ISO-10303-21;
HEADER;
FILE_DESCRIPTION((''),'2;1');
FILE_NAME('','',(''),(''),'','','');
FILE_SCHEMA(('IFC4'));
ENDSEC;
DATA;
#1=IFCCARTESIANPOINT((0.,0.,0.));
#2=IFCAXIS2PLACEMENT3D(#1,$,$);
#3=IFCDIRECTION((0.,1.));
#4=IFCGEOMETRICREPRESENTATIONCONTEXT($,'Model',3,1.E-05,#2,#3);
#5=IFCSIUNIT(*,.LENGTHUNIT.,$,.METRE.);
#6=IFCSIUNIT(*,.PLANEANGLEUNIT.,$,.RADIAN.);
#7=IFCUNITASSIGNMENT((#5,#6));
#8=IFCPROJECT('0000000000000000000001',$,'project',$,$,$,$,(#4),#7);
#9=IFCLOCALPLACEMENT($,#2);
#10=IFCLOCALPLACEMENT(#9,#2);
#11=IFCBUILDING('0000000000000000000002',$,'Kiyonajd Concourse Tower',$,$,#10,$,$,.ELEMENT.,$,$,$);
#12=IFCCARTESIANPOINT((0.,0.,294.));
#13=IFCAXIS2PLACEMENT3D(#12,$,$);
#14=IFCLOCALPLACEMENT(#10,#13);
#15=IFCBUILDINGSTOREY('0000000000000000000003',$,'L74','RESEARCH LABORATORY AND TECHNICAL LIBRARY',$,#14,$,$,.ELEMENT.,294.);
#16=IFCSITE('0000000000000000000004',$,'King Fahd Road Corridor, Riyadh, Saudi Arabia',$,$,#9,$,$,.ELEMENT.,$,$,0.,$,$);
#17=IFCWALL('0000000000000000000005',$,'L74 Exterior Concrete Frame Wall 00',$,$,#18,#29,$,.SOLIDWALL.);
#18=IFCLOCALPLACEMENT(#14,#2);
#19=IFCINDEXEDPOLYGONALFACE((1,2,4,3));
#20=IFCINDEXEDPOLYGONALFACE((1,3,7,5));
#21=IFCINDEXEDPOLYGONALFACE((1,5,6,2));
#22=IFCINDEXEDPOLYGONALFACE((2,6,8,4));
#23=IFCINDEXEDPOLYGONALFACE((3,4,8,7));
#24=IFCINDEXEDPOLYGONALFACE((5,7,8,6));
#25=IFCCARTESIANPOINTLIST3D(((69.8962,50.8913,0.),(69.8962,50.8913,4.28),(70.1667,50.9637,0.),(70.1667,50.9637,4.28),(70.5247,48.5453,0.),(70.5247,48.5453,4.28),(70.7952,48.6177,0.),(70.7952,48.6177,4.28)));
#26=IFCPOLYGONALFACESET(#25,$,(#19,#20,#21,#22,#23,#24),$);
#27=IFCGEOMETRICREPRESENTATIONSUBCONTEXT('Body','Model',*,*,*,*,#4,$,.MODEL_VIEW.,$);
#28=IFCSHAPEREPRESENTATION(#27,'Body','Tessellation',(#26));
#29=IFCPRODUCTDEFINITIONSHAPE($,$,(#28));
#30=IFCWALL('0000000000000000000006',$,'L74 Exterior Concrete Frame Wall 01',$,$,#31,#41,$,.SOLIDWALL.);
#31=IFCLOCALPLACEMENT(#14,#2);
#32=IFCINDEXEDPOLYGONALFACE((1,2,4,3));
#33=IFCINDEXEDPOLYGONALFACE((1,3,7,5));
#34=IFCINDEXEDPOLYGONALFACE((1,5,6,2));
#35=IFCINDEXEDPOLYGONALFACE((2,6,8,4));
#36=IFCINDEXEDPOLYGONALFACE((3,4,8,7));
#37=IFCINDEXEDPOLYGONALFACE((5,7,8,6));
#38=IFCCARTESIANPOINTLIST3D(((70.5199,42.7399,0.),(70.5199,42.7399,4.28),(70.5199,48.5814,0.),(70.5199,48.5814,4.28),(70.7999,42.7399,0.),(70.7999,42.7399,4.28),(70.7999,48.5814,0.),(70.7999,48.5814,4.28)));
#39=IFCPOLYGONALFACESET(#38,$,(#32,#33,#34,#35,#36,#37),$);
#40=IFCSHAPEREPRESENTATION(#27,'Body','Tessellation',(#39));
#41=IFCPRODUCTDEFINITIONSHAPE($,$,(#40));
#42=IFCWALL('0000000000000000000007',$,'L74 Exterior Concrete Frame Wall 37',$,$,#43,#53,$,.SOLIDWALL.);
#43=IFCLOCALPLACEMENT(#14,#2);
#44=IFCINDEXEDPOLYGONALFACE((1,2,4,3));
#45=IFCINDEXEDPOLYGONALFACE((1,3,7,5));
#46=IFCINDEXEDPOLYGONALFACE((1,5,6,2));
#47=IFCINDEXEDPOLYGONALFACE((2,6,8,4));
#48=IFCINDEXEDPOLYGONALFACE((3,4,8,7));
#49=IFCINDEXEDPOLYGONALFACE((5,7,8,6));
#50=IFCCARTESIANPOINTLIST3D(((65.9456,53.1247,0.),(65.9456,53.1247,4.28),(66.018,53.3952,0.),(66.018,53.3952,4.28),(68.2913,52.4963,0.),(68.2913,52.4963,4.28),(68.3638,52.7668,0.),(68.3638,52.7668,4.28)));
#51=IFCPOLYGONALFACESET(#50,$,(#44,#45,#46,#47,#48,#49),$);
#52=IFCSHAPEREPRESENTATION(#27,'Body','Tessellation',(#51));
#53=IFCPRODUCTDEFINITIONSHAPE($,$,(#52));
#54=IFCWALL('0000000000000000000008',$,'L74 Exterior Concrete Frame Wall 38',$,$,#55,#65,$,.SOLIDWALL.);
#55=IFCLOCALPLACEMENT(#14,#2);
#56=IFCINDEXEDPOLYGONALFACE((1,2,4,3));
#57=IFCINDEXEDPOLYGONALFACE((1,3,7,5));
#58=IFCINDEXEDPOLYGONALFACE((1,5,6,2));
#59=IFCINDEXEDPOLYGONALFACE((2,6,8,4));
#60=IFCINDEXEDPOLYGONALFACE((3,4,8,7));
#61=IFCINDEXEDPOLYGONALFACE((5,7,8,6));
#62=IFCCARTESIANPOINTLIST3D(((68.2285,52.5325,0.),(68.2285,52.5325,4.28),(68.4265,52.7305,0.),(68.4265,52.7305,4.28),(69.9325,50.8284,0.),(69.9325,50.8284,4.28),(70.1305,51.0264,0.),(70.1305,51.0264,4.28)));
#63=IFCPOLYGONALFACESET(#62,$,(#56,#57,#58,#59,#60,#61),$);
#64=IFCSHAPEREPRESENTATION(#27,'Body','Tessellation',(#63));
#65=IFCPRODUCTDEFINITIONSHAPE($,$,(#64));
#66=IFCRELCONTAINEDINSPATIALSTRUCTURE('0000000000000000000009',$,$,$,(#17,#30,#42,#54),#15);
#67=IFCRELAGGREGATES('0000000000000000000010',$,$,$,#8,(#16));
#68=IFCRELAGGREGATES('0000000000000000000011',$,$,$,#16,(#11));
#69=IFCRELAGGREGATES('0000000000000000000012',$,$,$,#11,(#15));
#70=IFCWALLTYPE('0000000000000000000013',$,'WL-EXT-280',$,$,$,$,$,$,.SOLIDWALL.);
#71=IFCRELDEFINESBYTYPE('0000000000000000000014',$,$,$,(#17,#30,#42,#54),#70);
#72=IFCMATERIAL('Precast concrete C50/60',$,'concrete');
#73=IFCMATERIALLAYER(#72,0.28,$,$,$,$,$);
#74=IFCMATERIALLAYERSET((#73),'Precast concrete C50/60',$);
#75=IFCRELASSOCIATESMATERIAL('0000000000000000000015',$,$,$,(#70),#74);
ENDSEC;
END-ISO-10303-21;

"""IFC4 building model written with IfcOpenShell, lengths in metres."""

from ifc_helpers import new_model, si_unit, direction, frame, frame_2d, origin, place, context, subcontext, project, spatial, rectangle, extrude, material, layer, layer_set, type_object, element, save


model = new_model("IFC4")

# Units and contexts
model_context = context("Model", 3, precision=1e-05, world=origin(), true_north=direction((0.0, 1.0)))
body_context = subcontext(model_context, "Body", "Model", "MODEL_VIEW")
ifc_project = project(units=[si_unit("LENGTHUNIT", "METRE"), si_unit("PLANEANGLEUNIT", "RADIAN")], contexts=[model_context])

# Site, building, storey
site_placement = place(None, origin())
site = spatial("IfcSite", under=ifc_project, at=site_placement, Name="King Fahd Road Corridor, Riyadh, Saudi Arabia", CompositionType="ELEMENT", RefElevation=0.0)
building_placement = place(site_placement, origin())
building = spatial("IfcBuilding", under=site, at=building_placement, Name="Kiyonajd Concourse Tower", CompositionType="ELEMENT")
storey_placement = place(building_placement, frame((0.0, 0.0, 294.0)))
storey = spatial("IfcBuildingStorey", under=building, at=storey_placement, Name="L74", Description="RESEARCH LABORATORY AND TECHNICAL LIBRARY", CompositionType="ELEMENT", Elevation=294.0)

# Walls
ifc_material_1 = material(Name="Precast concrete C50/60", Category="concrete")
ifc_layer_1 = layer(ifc_material_1, 0.28)
ifc_layer_set_1 = layer_set([ifc_layer_1], Name="Precast concrete C50/60")
wall_type = type_object("IfcWallType", Name="WL-EXT-280", PredefinedType="SOLIDWALL", material=ifc_layer_set_1)
wall_1_placement = place(storey_placement, frame((70.0315, 50.9275, 0.0), z_axis=(0.0, 0.0, 1.0), x_axis=(0.258751, -0.965944, 0.0)))
element("IfcWall", 1, at=wall_1_placement, inside=storey, type_object=wall_type, Name="L74 Exterior Concrete Frame Wall 00", PredefinedType="SOLIDWALL", context=body_context, shape_type="SweptSolid", body=[
    extrude(rectangle(XDim=2.4287, YDim=0.28, at=frame_2d((1.2144, 0.0))), origin(), (0.0, 0.0, 1.0), 4.28),
])
wall_2_placement = place(storey_placement, frame((70.6599, 48.5815, 0.0), z_axis=(0.0, 0.0, 1.0), x_axis=(0.0, -1.0, 0.0)))
element("IfcWall", 2, at=wall_2_placement, inside=storey, type_object=wall_type, Name="L74 Exterior Concrete Frame Wall 01", PredefinedType="SOLIDWALL", context=body_context, shape_type="SweptSolid", body=[
    extrude(rectangle(XDim=5.8416, YDim=0.28, at=frame_2d((2.9209, 0.0))), origin(), (0.0, 0.0, 1.0), 4.28),
])
wall_3_placement = place(storey_placement, frame((65.9817, 53.26, 0.0), z_axis=(0.0, 0.0, 1.0), x_axis=(0.965937, -0.258776, 0.0)))
element("IfcWall", 3, at=wall_3_placement, inside=storey, type_object=wall_type, Name="L74 Exterior Concrete Frame Wall 37", PredefinedType="SOLIDWALL", context=body_context, shape_type="SweptSolid", body=[
    extrude(rectangle(XDim=2.4285, YDim=0.28, at=frame_2d((1.2144, 0.0))), origin(), (0.0, 0.0, 1.0), 4.28),
])
wall_4_placement = place(storey_placement, frame((68.3274, 52.6316, 0.0), z_axis=(0.0, 0.0, 1.0), x_axis=(0.707107, -0.707107, 0.0)))
element("IfcWall", 4, at=wall_4_placement, inside=storey, type_object=wall_type, Name="L74 Exterior Concrete Frame Wall 38", PredefinedType="SOLIDWALL", context=body_context, shape_type="SweptSolid", body=[
    extrude(rectangle(XDim=2.4099, YDim=0.28, at=frame_2d((1.2051, 0.0))), origin(), (0.0, 0.0, 1.0), 4.28),
])

save(model, "model.ifc")
